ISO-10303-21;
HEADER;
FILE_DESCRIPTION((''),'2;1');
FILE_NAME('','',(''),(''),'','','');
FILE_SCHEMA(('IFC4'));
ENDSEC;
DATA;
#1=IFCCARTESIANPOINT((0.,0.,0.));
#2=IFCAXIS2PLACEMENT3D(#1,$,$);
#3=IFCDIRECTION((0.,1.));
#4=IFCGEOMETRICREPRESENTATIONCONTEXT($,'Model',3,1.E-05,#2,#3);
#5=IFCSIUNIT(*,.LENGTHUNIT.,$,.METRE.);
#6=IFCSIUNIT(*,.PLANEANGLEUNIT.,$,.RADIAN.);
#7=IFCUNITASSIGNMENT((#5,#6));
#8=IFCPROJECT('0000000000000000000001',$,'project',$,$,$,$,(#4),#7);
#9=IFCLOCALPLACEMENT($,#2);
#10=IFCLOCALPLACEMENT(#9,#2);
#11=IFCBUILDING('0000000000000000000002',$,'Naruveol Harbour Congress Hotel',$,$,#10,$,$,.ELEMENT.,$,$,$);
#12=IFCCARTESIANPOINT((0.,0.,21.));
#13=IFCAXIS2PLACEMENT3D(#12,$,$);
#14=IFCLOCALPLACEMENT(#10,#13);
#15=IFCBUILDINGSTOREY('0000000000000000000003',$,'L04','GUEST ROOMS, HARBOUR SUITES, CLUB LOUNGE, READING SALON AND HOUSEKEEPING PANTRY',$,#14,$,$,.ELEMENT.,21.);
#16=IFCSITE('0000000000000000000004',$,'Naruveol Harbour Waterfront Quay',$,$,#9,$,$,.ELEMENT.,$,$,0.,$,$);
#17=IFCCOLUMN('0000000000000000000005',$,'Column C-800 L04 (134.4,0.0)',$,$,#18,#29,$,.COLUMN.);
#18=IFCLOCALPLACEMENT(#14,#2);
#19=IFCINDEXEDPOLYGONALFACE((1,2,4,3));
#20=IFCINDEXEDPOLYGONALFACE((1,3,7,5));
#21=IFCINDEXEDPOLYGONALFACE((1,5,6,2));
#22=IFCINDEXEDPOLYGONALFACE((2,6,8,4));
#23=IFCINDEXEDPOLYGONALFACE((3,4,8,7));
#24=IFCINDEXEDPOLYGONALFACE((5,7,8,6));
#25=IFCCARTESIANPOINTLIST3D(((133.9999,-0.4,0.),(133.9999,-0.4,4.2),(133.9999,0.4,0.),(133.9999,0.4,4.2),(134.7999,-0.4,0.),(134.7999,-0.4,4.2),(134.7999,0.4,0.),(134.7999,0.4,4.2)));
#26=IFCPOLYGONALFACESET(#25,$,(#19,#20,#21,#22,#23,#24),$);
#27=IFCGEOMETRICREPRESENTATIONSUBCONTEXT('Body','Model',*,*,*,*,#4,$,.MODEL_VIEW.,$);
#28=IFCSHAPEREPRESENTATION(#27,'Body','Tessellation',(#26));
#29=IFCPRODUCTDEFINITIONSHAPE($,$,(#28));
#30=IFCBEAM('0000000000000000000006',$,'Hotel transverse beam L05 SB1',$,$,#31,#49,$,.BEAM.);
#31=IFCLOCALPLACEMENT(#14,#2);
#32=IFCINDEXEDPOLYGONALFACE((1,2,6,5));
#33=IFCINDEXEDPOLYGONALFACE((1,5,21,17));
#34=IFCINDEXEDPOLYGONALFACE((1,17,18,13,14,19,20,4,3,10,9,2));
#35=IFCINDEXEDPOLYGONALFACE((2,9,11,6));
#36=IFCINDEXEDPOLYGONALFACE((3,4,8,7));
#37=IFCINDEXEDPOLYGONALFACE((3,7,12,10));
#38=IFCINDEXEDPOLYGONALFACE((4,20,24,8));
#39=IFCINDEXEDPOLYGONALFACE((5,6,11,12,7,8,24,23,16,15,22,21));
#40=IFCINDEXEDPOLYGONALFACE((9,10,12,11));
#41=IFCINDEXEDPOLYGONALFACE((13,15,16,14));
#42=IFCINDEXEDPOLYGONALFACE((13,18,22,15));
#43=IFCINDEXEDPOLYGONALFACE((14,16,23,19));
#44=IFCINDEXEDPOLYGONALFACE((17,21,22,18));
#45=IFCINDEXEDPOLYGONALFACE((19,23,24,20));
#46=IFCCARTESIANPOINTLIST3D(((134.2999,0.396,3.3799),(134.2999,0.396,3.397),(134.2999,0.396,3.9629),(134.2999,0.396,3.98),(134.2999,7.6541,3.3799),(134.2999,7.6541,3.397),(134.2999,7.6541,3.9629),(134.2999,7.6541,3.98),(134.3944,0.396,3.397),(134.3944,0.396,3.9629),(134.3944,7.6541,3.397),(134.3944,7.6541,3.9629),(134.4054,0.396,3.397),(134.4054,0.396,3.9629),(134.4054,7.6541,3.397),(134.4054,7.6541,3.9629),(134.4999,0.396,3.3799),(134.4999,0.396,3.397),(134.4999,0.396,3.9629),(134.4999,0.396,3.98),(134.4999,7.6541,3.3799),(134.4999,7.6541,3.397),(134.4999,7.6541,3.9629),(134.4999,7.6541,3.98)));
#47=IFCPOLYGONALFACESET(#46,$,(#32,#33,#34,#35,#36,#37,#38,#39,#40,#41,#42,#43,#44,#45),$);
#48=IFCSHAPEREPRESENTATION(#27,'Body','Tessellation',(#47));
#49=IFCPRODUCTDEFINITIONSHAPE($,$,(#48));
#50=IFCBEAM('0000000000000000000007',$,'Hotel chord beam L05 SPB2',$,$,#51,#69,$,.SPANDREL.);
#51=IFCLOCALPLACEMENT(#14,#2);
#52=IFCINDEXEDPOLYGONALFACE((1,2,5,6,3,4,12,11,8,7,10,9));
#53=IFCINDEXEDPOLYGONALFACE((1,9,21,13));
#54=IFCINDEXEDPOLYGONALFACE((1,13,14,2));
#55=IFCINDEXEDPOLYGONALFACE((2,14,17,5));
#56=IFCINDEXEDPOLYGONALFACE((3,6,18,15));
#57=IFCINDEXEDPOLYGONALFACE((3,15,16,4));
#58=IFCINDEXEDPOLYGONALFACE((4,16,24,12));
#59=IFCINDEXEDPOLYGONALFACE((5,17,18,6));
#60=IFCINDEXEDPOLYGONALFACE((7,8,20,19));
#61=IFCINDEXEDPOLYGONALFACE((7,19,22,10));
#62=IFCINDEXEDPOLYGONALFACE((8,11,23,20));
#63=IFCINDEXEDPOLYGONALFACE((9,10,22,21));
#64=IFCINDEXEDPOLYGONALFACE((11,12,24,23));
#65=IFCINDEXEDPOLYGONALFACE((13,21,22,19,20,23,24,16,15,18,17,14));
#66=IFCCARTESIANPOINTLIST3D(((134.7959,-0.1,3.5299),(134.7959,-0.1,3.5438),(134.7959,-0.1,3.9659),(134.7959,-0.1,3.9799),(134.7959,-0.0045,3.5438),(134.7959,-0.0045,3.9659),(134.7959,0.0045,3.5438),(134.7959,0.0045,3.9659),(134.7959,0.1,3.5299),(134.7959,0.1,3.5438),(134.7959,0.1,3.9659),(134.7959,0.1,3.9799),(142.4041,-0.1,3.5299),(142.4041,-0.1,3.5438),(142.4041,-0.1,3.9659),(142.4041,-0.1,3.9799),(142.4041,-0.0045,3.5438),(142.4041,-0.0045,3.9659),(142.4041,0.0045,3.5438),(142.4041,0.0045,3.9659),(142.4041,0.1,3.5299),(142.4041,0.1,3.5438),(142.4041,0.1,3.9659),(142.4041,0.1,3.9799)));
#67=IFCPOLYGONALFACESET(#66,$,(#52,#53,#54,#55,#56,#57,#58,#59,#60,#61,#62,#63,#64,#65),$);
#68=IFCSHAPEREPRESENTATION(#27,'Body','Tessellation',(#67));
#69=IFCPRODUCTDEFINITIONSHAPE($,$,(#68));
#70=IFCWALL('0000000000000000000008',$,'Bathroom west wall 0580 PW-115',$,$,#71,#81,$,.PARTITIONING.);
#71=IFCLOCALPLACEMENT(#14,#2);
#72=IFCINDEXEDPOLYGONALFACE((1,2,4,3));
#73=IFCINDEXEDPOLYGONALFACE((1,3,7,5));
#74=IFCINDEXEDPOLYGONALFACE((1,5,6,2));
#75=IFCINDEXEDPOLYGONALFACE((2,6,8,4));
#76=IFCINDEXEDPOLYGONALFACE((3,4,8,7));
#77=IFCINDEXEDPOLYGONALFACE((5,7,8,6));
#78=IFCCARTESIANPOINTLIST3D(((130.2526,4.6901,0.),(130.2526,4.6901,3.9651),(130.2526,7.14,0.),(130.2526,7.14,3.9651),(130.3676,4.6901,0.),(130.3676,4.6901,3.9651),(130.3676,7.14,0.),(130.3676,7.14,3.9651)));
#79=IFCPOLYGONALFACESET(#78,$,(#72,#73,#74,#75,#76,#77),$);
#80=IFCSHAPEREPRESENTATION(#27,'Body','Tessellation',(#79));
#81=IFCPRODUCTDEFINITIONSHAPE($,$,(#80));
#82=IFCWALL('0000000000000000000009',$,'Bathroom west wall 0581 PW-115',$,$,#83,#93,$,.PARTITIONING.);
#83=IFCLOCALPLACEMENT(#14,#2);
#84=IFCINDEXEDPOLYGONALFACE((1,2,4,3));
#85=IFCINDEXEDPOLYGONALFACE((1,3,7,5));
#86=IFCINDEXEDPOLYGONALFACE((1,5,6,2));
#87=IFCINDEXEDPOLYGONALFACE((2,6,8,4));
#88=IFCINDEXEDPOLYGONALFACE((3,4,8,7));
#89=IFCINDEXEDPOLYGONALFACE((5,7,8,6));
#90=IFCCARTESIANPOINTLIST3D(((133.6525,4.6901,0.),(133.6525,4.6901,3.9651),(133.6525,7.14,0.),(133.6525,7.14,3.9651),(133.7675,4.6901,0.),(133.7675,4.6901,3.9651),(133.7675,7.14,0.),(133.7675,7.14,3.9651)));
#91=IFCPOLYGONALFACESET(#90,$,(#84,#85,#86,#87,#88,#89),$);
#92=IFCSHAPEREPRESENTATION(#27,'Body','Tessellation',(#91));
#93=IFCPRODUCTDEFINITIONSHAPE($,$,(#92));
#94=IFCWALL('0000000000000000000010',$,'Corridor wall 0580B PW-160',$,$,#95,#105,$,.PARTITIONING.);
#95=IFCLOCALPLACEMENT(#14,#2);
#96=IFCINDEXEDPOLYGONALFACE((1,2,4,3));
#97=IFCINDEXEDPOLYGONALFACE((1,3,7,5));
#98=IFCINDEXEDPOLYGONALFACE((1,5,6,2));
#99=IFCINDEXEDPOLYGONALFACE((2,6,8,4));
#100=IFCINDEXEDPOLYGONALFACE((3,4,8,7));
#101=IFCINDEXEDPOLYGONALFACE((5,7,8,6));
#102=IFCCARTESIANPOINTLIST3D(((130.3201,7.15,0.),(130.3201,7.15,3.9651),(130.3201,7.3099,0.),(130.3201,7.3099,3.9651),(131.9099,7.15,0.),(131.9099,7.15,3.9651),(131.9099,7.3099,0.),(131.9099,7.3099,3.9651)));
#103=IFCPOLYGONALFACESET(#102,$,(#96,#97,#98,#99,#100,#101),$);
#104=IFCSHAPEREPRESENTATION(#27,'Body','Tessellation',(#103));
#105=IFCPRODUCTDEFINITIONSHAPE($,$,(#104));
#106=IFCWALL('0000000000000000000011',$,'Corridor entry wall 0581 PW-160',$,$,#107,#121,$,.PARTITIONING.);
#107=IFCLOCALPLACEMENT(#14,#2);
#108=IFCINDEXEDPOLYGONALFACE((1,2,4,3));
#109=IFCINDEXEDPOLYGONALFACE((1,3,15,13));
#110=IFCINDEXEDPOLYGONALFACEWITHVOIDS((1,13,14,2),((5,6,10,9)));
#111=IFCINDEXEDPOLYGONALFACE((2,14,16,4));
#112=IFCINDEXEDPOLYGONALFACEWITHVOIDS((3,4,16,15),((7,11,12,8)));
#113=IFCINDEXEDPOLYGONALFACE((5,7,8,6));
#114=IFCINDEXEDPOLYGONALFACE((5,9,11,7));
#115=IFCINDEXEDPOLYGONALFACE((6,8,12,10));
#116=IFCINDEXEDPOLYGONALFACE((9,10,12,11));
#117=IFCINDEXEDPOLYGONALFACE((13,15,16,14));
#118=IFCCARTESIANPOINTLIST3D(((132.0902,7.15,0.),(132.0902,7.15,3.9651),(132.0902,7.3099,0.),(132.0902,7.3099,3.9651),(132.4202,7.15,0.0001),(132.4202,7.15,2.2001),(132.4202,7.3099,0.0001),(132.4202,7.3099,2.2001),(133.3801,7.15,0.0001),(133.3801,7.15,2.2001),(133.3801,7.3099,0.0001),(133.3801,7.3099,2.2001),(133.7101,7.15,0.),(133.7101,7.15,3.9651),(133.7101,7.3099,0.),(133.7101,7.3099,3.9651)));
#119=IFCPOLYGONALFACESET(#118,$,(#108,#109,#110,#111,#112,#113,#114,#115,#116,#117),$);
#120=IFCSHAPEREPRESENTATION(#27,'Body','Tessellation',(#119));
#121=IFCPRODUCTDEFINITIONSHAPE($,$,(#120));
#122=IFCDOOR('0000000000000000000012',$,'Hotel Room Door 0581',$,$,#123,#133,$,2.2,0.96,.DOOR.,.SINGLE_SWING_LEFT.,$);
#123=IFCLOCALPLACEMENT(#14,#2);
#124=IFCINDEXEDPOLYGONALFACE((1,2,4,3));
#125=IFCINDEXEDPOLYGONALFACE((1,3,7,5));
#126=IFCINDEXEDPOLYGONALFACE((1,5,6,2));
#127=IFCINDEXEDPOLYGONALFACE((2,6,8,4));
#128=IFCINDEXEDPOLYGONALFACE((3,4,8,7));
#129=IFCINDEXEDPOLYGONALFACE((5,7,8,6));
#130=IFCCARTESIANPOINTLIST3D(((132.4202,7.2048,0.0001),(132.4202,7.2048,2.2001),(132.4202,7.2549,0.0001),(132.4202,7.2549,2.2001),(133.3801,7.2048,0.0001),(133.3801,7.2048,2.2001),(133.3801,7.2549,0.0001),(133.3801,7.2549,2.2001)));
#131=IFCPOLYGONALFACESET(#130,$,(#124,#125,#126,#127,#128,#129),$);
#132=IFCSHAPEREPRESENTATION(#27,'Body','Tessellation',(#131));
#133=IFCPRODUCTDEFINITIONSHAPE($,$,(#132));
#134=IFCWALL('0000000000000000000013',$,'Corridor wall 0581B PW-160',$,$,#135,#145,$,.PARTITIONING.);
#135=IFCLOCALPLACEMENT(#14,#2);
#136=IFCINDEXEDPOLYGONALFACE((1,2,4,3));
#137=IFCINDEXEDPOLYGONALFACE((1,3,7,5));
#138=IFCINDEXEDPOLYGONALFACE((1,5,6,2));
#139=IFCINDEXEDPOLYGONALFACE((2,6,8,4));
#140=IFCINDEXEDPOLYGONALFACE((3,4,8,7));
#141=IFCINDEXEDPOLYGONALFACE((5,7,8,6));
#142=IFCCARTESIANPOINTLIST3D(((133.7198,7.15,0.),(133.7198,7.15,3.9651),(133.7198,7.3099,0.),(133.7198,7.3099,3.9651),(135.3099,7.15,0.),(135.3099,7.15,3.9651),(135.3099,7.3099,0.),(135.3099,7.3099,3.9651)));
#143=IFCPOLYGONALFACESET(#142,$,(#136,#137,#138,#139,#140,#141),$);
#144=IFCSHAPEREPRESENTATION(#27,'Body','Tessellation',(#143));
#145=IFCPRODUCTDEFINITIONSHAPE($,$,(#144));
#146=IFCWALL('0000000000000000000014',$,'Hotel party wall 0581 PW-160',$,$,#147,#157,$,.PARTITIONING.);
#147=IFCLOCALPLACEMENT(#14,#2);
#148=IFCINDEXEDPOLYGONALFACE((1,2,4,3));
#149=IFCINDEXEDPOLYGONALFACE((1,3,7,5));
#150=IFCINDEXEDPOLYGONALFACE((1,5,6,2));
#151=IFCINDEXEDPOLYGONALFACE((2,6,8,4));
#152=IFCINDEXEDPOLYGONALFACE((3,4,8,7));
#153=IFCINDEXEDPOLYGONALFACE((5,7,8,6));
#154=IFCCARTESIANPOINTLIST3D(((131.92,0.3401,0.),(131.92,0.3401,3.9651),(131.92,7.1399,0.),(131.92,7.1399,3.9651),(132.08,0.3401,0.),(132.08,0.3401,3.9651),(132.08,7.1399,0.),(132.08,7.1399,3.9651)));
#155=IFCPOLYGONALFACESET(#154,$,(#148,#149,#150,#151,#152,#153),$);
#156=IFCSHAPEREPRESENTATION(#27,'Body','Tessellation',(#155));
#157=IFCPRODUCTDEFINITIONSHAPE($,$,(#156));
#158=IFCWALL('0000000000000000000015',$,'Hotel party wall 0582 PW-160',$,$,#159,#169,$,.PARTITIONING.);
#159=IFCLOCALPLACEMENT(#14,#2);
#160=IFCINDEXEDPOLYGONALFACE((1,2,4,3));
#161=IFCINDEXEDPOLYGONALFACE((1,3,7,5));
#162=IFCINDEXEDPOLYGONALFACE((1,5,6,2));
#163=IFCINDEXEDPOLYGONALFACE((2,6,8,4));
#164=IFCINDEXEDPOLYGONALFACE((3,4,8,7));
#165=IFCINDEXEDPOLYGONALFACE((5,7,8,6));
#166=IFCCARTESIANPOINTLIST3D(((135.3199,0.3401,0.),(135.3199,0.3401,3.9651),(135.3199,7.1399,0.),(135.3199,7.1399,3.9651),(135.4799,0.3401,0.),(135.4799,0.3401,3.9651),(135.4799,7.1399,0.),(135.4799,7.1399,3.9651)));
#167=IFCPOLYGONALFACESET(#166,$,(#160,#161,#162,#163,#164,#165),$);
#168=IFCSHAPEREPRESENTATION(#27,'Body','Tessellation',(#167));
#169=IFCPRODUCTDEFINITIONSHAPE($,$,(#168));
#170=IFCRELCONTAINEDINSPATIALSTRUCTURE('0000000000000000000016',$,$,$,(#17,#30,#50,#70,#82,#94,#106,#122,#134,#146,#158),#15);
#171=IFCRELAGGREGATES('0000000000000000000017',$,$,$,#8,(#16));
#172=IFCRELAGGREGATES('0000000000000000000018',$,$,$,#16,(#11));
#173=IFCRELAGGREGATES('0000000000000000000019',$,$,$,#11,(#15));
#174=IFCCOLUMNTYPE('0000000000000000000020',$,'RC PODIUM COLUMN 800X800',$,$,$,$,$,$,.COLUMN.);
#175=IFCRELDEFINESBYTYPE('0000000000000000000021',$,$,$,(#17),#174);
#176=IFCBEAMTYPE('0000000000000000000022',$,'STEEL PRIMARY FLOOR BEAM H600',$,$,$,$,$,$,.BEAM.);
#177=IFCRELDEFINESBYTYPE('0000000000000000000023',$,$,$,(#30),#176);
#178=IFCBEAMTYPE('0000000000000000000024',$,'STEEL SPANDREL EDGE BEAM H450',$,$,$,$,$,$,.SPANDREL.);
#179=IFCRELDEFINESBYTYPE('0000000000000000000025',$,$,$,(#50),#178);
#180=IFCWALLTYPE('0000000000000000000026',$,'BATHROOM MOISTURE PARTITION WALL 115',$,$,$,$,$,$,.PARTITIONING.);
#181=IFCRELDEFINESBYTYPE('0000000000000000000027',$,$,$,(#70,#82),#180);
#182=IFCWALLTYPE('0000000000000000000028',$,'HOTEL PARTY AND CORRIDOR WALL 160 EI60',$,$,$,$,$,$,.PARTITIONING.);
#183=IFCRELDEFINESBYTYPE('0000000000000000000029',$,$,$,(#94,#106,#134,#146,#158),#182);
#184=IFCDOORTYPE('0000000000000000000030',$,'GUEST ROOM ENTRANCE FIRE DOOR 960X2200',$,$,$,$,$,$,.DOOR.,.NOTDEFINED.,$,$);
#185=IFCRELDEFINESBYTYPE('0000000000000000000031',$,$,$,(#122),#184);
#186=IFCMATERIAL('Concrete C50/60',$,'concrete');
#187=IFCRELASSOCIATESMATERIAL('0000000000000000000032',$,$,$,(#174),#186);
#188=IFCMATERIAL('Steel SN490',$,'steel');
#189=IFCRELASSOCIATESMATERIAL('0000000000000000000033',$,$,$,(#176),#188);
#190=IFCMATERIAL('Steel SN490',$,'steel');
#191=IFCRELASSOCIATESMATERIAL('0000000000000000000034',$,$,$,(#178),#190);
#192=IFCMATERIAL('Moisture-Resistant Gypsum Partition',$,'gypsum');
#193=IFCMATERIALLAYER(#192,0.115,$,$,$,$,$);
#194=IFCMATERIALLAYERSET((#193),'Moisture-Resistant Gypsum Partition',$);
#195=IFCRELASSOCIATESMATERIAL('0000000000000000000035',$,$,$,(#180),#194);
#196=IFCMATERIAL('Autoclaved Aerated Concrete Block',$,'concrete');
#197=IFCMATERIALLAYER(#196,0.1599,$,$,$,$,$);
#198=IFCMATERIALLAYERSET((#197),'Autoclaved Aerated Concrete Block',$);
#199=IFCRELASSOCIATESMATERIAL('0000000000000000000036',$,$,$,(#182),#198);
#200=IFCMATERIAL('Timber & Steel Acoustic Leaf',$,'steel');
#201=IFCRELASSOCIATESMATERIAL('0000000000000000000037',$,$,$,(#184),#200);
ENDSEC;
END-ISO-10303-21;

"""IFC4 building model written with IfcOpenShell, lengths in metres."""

from ifc_helpers import new_model, si_unit, direction, frame, frame_2d, origin, origin_2d, place, context, subcontext, project, spatial, rectangle, i_section, extrude, material, layer, layer_set, material_profile, profile_set, type_object, element, fill, save


model = new_model("IFC4")

# Units and contexts
model_context = context("Model", 3, precision=1e-05, world=origin(), true_north=direction((0.0, 1.0)))
body_context = subcontext(model_context, "Body", "Model", "MODEL_VIEW")
ifc_project = project(units=[si_unit("LENGTHUNIT", "METRE"), si_unit("PLANEANGLEUNIT", "RADIAN")], contexts=[model_context])

# Site, building, storey
site_placement = place(None, origin())
site = spatial("IfcSite", under=ifc_project, at=site_placement, Name="Naruveol Harbour Waterfront Quay", CompositionType="ELEMENT", RefElevation=0.0)
building_placement = place(site_placement, origin())
building = spatial("IfcBuilding", under=site, at=building_placement, Name="Naruveol Harbour Congress Hotel", CompositionType="ELEMENT")
storey_placement = place(building_placement, frame((0.0, 0.0, 21.0)))
storey = spatial("IfcBuildingStorey", under=building, at=storey_placement, Name="L04", Description="GUEST ROOMS, HARBOUR SUITES, CLUB LOUNGE, READING SALON AND HOUSEKEEPING PANTRY", CompositionType="ELEMENT", Elevation=21.0)

# Column
ifc_material_1 = material(Name="Concrete C50/60", Category="concrete")
ifc_material_profile_1 = material_profile(ifc_material_1, rectangle(XDim=0.8, YDim=0.8, at=origin_2d()), Name="RC-800x800")
ifc_profile_set_1 = profile_set([ifc_material_profile_1], Name="Concrete C50/60")
column_type = type_object("IfcColumnType", Name="RC PODIUM COLUMN 800X800", PredefinedType="COLUMN", material=ifc_profile_set_1)
column_placement = place(storey_placement, frame((134.3999, 0.0, 0.0), z_axis=(0.0, 0.0, 1.0), x_axis=(1.0, 0.0, 0.0)))
element("IfcColumn", 1, at=column_placement, inside=storey, type_object=column_type, Name="Column C-800 L04 (134.4,0.0)", PredefinedType="COLUMN", context=body_context, shape_type="SweptSolid", body=[
    extrude(rectangle(XDim=0.8, YDim=0.8, at=origin_2d()), origin(), (0.0, 0.0, 1.0), 4.2),
])

# Beams
ifc_material_2 = material(Name="Steel SN490", Category="steel")
ifc_material_profile_2 = material_profile(ifc_material_2, i_section(OverallWidth=0.2, OverallDepth=0.6001, WebThickness=0.011, FlangeThickness=0.0171, at=origin_2d()), Name="H-600x200x11x17")
ifc_profile_set_2 = profile_set([ifc_material_profile_2], Name="Steel SN490")
beam_type_1 = type_object("IfcBeamType", Name="STEEL PRIMARY FLOOR BEAM H600", PredefinedType="BEAM", material=ifc_profile_set_2)
beam_1_placement = place(storey_placement, frame((134.3999, 0.396, 3.6799), z_axis=(0.0, 1.0, 0.0), x_axis=(-1.0, 0.0, 0.0)))
element("IfcBeam", 2, at=beam_1_placement, inside=storey, type_object=beam_type_1, Name="Hotel transverse beam L05 SB1", PredefinedType="BEAM", context=body_context, shape_type="SweptSolid", body=[
    extrude(i_section(OverallWidth=0.2, OverallDepth=0.6001, WebThickness=0.011, FlangeThickness=0.0171, at=origin_2d()), origin(), (0.0, 0.0, 1.0), 7.2581),
])
ifc_material_3 = material(Name="Steel SN490", Category="steel")
ifc_material_profile_3 = material_profile(ifc_material_3, i_section(OverallWidth=0.2, OverallDepth=0.45, WebThickness=0.009, FlangeThickness=0.0139, at=origin_2d()), Name="H-450x200x9x14")
ifc_profile_set_3 = profile_set([ifc_material_profile_3], Name="Steel SN490")
beam_type_2 = type_object("IfcBeamType", Name="STEEL SPANDREL EDGE BEAM H450", PredefinedType="SPANDREL", material=ifc_profile_set_3)
beam_2_placement = place(storey_placement, frame((134.7959, 0.0, 3.7549), z_axis=(1.0, 0.0, 0.0), x_axis=(0.0, 1.0, 0.0)))
element("IfcBeam", 3, at=beam_2_placement, inside=storey, type_object=beam_type_2, Name="Hotel chord beam L05 SPB2", PredefinedType="SPANDREL", context=body_context, shape_type="SweptSolid", body=[
    extrude(i_section(OverallWidth=0.2, OverallDepth=0.45, WebThickness=0.009, FlangeThickness=0.0139, at=origin_2d()), origin(), (0.0, 0.0, 1.0), 7.6082),
])

# Wall
ifc_material_4 = material(Name="Moisture-Resistant Gypsum Partition", Category="gypsum")
ifc_layer_1 = layer(ifc_material_4, 0.115)
ifc_layer_set_1 = layer_set([ifc_layer_1], Name="Moisture-Resistant Gypsum Partition")
wall_type_1 = type_object("IfcWallType", Name="BATHROOM MOISTURE PARTITION WALL 115", PredefinedType="PARTITIONING", material=ifc_layer_set_1)
wall_1_placement = place(storey_placement, frame((130.3101, 4.6899, 0.0), z_axis=(0.0, 0.0, 1.0), x_axis=(0.0, 1.0, 0.0)))
element("IfcWall", 4, at=wall_1_placement, inside=storey, type_object=wall_type_1, Name="Bathroom west wall 0580 PW-115", PredefinedType="PARTITIONING", context=body_context, shape_type="SweptSolid", body=[
    extrude(rectangle(XDim=2.45, YDim=0.115, at=frame_2d((1.2251, 0.0))), origin(), (0.0, 0.0, 1.0), 3.9651),
])

# Wall
wall_2_placement = place(storey_placement, frame((133.71, 4.6899, 0.0), z_axis=(0.0, 0.0, 1.0), x_axis=(0.0, 1.0, 0.0)))
element("IfcWall", 5, at=wall_2_placement, inside=storey, type_object=wall_type_1, Name="Bathroom west wall 0581 PW-115", PredefinedType="PARTITIONING", context=body_context, shape_type="SweptSolid", body=[
    extrude(rectangle(XDim=2.45, YDim=0.115, at=frame_2d((1.2251, 0.0))), origin(), (0.0, 0.0, 1.0), 3.9651),
])

# Wall
ifc_material_5 = material(Name="Autoclaved Aerated Concrete Block", Category="concrete")
ifc_layer_2 = layer(ifc_material_5, 0.1599)
ifc_layer_set_2 = layer_set([ifc_layer_2], Name="Autoclaved Aerated Concrete Block")
wall_type_2 = type_object("IfcWallType", Name="HOTEL PARTY AND CORRIDOR WALL 160 EI60", PredefinedType="PARTITIONING", material=ifc_layer_set_2)
wall_3_placement = place(storey_placement, frame((130.3201, 7.23, 0.0), z_axis=(0.0, 0.0, 1.0), x_axis=(1.0, 0.0, 0.0)))
element("IfcWall", 6, at=wall_3_placement, inside=storey, type_object=wall_type_2, Name="Corridor wall 0580B PW-160", PredefinedType="PARTITIONING", context=body_context, shape_type="SweptSolid", body=[
    extrude(rectangle(XDim=1.5898, YDim=0.1599, at=frame_2d((0.7949, 0.0))), origin(), (0.0, 0.0, 1.0), 3.9651),
])

# Wall, opening, door
wall_4_placement = place(storey_placement, frame((132.0901, 7.23, 0.0), z_axis=(0.0, 0.0, 1.0), x_axis=(1.0, 0.0, 0.0)))
wall_4 = element("IfcWall", 7, at=wall_4_placement, inside=storey, type_object=wall_type_2, Name="Corridor entry wall 0581 PW-160", PredefinedType="PARTITIONING", context=body_context, shape_type="SweptSolid", body=[
    extrude(rectangle(XDim=1.6199, YDim=0.1599, at=frame_2d((0.8101, 0.0))), origin(), (0.0, 0.0, 1.0), 3.9651),
])
opening_1_placement = place(wall_4_placement, frame((0.3301, 0.0, 0.0)))
opening_1 = element("IfcOpeningElement", 8, at=opening_1_placement, cuts=wall_4, PredefinedType="OPENING", context=body_context, shape_type="SweptSolid", body=[
    extrude(rectangle(XDim=0.96, YDim=2.2, at=frame_2d((0.48, 1.1001))), frame((0.0, 0.0898, 0.0), z_axis=(0.0, -1.0, 0.0), x_axis=(1.0, 0.0, 0.0)), (0.0, 0.0, 1.0), 0.1799),
])
ifc_material_6 = material(Name="Timber & Steel Acoustic Leaf", Category="steel")
door_type_1 = type_object("IfcDoorType", Name="GUEST ROOM ENTRANCE FIRE DOOR 960X2200", OperationType="NOTDEFINED", PredefinedType="DOOR", material=ifc_material_6)
door_1_placement = place(opening_1_placement, origin())
door_1 = element("IfcDoor", 9, at=door_1_placement, inside=storey, type_object=door_type_1, Name="Hotel Room Door 0581", OperationType="SINGLE_SWING_LEFT", OverallHeight=2.2, OverallWidth=0.96, PredefinedType="DOOR", context=body_context, shape_type="SweptSolid", body=[
    extrude(rectangle(XDim=0.96, YDim=2.2, at=frame_2d((0.48, 1.1001))), frame((0.0, 0.0249, 0.0), z_axis=(0.0, -1.0, 0.0), x_axis=(1.0, 0.0, 0.0)), (0.0, 0.0, 1.0), 0.05),
])
fill(opening_1, door_1)

# Walls
wall_5_placement = place(storey_placement, frame((133.72, 7.23, 0.0), z_axis=(0.0, 0.0, 1.0), x_axis=(1.0, 0.0, 0.0)))
element("IfcWall", 10, at=wall_5_placement, inside=storey, type_object=wall_type_2, Name="Corridor wall 0581B PW-160", PredefinedType="PARTITIONING", context=body_context, shape_type="SweptSolid", body=[
    extrude(rectangle(XDim=1.5901, YDim=0.1599, at=frame_2d((0.7949, 0.0))), origin(), (0.0, 0.0, 1.0), 3.9651),
])
for number, where, z_axis, x_axis, name in (
    (11, (132.0, 0.3401, 0.0), (0.0, 0.0, 1.0), (0.0, 1.0, 0.0), "Hotel party wall 0581 PW-160"),
    (12, (135.3999, 0.3401, 0.0), (0.0, 0.0, 1.0), (0.0, 1.0, 0.0), "Hotel party wall 0582 PW-160"),
):
    element("IfcWall", number, at=place(storey_placement, frame(where, z_axis=z_axis, x_axis=x_axis)), inside=storey, type_object=wall_type_2, Name=name, PredefinedType="PARTITIONING", context=body_context, shape_type="SweptSolid", body=[
        extrude(rectangle(XDim=6.7998, YDim=0.1599, at=frame_2d((3.3999, 0.0))), origin(), (0.0, 0.0, 1.0), 3.9651),
    ])

save(model, "model.ifc")
